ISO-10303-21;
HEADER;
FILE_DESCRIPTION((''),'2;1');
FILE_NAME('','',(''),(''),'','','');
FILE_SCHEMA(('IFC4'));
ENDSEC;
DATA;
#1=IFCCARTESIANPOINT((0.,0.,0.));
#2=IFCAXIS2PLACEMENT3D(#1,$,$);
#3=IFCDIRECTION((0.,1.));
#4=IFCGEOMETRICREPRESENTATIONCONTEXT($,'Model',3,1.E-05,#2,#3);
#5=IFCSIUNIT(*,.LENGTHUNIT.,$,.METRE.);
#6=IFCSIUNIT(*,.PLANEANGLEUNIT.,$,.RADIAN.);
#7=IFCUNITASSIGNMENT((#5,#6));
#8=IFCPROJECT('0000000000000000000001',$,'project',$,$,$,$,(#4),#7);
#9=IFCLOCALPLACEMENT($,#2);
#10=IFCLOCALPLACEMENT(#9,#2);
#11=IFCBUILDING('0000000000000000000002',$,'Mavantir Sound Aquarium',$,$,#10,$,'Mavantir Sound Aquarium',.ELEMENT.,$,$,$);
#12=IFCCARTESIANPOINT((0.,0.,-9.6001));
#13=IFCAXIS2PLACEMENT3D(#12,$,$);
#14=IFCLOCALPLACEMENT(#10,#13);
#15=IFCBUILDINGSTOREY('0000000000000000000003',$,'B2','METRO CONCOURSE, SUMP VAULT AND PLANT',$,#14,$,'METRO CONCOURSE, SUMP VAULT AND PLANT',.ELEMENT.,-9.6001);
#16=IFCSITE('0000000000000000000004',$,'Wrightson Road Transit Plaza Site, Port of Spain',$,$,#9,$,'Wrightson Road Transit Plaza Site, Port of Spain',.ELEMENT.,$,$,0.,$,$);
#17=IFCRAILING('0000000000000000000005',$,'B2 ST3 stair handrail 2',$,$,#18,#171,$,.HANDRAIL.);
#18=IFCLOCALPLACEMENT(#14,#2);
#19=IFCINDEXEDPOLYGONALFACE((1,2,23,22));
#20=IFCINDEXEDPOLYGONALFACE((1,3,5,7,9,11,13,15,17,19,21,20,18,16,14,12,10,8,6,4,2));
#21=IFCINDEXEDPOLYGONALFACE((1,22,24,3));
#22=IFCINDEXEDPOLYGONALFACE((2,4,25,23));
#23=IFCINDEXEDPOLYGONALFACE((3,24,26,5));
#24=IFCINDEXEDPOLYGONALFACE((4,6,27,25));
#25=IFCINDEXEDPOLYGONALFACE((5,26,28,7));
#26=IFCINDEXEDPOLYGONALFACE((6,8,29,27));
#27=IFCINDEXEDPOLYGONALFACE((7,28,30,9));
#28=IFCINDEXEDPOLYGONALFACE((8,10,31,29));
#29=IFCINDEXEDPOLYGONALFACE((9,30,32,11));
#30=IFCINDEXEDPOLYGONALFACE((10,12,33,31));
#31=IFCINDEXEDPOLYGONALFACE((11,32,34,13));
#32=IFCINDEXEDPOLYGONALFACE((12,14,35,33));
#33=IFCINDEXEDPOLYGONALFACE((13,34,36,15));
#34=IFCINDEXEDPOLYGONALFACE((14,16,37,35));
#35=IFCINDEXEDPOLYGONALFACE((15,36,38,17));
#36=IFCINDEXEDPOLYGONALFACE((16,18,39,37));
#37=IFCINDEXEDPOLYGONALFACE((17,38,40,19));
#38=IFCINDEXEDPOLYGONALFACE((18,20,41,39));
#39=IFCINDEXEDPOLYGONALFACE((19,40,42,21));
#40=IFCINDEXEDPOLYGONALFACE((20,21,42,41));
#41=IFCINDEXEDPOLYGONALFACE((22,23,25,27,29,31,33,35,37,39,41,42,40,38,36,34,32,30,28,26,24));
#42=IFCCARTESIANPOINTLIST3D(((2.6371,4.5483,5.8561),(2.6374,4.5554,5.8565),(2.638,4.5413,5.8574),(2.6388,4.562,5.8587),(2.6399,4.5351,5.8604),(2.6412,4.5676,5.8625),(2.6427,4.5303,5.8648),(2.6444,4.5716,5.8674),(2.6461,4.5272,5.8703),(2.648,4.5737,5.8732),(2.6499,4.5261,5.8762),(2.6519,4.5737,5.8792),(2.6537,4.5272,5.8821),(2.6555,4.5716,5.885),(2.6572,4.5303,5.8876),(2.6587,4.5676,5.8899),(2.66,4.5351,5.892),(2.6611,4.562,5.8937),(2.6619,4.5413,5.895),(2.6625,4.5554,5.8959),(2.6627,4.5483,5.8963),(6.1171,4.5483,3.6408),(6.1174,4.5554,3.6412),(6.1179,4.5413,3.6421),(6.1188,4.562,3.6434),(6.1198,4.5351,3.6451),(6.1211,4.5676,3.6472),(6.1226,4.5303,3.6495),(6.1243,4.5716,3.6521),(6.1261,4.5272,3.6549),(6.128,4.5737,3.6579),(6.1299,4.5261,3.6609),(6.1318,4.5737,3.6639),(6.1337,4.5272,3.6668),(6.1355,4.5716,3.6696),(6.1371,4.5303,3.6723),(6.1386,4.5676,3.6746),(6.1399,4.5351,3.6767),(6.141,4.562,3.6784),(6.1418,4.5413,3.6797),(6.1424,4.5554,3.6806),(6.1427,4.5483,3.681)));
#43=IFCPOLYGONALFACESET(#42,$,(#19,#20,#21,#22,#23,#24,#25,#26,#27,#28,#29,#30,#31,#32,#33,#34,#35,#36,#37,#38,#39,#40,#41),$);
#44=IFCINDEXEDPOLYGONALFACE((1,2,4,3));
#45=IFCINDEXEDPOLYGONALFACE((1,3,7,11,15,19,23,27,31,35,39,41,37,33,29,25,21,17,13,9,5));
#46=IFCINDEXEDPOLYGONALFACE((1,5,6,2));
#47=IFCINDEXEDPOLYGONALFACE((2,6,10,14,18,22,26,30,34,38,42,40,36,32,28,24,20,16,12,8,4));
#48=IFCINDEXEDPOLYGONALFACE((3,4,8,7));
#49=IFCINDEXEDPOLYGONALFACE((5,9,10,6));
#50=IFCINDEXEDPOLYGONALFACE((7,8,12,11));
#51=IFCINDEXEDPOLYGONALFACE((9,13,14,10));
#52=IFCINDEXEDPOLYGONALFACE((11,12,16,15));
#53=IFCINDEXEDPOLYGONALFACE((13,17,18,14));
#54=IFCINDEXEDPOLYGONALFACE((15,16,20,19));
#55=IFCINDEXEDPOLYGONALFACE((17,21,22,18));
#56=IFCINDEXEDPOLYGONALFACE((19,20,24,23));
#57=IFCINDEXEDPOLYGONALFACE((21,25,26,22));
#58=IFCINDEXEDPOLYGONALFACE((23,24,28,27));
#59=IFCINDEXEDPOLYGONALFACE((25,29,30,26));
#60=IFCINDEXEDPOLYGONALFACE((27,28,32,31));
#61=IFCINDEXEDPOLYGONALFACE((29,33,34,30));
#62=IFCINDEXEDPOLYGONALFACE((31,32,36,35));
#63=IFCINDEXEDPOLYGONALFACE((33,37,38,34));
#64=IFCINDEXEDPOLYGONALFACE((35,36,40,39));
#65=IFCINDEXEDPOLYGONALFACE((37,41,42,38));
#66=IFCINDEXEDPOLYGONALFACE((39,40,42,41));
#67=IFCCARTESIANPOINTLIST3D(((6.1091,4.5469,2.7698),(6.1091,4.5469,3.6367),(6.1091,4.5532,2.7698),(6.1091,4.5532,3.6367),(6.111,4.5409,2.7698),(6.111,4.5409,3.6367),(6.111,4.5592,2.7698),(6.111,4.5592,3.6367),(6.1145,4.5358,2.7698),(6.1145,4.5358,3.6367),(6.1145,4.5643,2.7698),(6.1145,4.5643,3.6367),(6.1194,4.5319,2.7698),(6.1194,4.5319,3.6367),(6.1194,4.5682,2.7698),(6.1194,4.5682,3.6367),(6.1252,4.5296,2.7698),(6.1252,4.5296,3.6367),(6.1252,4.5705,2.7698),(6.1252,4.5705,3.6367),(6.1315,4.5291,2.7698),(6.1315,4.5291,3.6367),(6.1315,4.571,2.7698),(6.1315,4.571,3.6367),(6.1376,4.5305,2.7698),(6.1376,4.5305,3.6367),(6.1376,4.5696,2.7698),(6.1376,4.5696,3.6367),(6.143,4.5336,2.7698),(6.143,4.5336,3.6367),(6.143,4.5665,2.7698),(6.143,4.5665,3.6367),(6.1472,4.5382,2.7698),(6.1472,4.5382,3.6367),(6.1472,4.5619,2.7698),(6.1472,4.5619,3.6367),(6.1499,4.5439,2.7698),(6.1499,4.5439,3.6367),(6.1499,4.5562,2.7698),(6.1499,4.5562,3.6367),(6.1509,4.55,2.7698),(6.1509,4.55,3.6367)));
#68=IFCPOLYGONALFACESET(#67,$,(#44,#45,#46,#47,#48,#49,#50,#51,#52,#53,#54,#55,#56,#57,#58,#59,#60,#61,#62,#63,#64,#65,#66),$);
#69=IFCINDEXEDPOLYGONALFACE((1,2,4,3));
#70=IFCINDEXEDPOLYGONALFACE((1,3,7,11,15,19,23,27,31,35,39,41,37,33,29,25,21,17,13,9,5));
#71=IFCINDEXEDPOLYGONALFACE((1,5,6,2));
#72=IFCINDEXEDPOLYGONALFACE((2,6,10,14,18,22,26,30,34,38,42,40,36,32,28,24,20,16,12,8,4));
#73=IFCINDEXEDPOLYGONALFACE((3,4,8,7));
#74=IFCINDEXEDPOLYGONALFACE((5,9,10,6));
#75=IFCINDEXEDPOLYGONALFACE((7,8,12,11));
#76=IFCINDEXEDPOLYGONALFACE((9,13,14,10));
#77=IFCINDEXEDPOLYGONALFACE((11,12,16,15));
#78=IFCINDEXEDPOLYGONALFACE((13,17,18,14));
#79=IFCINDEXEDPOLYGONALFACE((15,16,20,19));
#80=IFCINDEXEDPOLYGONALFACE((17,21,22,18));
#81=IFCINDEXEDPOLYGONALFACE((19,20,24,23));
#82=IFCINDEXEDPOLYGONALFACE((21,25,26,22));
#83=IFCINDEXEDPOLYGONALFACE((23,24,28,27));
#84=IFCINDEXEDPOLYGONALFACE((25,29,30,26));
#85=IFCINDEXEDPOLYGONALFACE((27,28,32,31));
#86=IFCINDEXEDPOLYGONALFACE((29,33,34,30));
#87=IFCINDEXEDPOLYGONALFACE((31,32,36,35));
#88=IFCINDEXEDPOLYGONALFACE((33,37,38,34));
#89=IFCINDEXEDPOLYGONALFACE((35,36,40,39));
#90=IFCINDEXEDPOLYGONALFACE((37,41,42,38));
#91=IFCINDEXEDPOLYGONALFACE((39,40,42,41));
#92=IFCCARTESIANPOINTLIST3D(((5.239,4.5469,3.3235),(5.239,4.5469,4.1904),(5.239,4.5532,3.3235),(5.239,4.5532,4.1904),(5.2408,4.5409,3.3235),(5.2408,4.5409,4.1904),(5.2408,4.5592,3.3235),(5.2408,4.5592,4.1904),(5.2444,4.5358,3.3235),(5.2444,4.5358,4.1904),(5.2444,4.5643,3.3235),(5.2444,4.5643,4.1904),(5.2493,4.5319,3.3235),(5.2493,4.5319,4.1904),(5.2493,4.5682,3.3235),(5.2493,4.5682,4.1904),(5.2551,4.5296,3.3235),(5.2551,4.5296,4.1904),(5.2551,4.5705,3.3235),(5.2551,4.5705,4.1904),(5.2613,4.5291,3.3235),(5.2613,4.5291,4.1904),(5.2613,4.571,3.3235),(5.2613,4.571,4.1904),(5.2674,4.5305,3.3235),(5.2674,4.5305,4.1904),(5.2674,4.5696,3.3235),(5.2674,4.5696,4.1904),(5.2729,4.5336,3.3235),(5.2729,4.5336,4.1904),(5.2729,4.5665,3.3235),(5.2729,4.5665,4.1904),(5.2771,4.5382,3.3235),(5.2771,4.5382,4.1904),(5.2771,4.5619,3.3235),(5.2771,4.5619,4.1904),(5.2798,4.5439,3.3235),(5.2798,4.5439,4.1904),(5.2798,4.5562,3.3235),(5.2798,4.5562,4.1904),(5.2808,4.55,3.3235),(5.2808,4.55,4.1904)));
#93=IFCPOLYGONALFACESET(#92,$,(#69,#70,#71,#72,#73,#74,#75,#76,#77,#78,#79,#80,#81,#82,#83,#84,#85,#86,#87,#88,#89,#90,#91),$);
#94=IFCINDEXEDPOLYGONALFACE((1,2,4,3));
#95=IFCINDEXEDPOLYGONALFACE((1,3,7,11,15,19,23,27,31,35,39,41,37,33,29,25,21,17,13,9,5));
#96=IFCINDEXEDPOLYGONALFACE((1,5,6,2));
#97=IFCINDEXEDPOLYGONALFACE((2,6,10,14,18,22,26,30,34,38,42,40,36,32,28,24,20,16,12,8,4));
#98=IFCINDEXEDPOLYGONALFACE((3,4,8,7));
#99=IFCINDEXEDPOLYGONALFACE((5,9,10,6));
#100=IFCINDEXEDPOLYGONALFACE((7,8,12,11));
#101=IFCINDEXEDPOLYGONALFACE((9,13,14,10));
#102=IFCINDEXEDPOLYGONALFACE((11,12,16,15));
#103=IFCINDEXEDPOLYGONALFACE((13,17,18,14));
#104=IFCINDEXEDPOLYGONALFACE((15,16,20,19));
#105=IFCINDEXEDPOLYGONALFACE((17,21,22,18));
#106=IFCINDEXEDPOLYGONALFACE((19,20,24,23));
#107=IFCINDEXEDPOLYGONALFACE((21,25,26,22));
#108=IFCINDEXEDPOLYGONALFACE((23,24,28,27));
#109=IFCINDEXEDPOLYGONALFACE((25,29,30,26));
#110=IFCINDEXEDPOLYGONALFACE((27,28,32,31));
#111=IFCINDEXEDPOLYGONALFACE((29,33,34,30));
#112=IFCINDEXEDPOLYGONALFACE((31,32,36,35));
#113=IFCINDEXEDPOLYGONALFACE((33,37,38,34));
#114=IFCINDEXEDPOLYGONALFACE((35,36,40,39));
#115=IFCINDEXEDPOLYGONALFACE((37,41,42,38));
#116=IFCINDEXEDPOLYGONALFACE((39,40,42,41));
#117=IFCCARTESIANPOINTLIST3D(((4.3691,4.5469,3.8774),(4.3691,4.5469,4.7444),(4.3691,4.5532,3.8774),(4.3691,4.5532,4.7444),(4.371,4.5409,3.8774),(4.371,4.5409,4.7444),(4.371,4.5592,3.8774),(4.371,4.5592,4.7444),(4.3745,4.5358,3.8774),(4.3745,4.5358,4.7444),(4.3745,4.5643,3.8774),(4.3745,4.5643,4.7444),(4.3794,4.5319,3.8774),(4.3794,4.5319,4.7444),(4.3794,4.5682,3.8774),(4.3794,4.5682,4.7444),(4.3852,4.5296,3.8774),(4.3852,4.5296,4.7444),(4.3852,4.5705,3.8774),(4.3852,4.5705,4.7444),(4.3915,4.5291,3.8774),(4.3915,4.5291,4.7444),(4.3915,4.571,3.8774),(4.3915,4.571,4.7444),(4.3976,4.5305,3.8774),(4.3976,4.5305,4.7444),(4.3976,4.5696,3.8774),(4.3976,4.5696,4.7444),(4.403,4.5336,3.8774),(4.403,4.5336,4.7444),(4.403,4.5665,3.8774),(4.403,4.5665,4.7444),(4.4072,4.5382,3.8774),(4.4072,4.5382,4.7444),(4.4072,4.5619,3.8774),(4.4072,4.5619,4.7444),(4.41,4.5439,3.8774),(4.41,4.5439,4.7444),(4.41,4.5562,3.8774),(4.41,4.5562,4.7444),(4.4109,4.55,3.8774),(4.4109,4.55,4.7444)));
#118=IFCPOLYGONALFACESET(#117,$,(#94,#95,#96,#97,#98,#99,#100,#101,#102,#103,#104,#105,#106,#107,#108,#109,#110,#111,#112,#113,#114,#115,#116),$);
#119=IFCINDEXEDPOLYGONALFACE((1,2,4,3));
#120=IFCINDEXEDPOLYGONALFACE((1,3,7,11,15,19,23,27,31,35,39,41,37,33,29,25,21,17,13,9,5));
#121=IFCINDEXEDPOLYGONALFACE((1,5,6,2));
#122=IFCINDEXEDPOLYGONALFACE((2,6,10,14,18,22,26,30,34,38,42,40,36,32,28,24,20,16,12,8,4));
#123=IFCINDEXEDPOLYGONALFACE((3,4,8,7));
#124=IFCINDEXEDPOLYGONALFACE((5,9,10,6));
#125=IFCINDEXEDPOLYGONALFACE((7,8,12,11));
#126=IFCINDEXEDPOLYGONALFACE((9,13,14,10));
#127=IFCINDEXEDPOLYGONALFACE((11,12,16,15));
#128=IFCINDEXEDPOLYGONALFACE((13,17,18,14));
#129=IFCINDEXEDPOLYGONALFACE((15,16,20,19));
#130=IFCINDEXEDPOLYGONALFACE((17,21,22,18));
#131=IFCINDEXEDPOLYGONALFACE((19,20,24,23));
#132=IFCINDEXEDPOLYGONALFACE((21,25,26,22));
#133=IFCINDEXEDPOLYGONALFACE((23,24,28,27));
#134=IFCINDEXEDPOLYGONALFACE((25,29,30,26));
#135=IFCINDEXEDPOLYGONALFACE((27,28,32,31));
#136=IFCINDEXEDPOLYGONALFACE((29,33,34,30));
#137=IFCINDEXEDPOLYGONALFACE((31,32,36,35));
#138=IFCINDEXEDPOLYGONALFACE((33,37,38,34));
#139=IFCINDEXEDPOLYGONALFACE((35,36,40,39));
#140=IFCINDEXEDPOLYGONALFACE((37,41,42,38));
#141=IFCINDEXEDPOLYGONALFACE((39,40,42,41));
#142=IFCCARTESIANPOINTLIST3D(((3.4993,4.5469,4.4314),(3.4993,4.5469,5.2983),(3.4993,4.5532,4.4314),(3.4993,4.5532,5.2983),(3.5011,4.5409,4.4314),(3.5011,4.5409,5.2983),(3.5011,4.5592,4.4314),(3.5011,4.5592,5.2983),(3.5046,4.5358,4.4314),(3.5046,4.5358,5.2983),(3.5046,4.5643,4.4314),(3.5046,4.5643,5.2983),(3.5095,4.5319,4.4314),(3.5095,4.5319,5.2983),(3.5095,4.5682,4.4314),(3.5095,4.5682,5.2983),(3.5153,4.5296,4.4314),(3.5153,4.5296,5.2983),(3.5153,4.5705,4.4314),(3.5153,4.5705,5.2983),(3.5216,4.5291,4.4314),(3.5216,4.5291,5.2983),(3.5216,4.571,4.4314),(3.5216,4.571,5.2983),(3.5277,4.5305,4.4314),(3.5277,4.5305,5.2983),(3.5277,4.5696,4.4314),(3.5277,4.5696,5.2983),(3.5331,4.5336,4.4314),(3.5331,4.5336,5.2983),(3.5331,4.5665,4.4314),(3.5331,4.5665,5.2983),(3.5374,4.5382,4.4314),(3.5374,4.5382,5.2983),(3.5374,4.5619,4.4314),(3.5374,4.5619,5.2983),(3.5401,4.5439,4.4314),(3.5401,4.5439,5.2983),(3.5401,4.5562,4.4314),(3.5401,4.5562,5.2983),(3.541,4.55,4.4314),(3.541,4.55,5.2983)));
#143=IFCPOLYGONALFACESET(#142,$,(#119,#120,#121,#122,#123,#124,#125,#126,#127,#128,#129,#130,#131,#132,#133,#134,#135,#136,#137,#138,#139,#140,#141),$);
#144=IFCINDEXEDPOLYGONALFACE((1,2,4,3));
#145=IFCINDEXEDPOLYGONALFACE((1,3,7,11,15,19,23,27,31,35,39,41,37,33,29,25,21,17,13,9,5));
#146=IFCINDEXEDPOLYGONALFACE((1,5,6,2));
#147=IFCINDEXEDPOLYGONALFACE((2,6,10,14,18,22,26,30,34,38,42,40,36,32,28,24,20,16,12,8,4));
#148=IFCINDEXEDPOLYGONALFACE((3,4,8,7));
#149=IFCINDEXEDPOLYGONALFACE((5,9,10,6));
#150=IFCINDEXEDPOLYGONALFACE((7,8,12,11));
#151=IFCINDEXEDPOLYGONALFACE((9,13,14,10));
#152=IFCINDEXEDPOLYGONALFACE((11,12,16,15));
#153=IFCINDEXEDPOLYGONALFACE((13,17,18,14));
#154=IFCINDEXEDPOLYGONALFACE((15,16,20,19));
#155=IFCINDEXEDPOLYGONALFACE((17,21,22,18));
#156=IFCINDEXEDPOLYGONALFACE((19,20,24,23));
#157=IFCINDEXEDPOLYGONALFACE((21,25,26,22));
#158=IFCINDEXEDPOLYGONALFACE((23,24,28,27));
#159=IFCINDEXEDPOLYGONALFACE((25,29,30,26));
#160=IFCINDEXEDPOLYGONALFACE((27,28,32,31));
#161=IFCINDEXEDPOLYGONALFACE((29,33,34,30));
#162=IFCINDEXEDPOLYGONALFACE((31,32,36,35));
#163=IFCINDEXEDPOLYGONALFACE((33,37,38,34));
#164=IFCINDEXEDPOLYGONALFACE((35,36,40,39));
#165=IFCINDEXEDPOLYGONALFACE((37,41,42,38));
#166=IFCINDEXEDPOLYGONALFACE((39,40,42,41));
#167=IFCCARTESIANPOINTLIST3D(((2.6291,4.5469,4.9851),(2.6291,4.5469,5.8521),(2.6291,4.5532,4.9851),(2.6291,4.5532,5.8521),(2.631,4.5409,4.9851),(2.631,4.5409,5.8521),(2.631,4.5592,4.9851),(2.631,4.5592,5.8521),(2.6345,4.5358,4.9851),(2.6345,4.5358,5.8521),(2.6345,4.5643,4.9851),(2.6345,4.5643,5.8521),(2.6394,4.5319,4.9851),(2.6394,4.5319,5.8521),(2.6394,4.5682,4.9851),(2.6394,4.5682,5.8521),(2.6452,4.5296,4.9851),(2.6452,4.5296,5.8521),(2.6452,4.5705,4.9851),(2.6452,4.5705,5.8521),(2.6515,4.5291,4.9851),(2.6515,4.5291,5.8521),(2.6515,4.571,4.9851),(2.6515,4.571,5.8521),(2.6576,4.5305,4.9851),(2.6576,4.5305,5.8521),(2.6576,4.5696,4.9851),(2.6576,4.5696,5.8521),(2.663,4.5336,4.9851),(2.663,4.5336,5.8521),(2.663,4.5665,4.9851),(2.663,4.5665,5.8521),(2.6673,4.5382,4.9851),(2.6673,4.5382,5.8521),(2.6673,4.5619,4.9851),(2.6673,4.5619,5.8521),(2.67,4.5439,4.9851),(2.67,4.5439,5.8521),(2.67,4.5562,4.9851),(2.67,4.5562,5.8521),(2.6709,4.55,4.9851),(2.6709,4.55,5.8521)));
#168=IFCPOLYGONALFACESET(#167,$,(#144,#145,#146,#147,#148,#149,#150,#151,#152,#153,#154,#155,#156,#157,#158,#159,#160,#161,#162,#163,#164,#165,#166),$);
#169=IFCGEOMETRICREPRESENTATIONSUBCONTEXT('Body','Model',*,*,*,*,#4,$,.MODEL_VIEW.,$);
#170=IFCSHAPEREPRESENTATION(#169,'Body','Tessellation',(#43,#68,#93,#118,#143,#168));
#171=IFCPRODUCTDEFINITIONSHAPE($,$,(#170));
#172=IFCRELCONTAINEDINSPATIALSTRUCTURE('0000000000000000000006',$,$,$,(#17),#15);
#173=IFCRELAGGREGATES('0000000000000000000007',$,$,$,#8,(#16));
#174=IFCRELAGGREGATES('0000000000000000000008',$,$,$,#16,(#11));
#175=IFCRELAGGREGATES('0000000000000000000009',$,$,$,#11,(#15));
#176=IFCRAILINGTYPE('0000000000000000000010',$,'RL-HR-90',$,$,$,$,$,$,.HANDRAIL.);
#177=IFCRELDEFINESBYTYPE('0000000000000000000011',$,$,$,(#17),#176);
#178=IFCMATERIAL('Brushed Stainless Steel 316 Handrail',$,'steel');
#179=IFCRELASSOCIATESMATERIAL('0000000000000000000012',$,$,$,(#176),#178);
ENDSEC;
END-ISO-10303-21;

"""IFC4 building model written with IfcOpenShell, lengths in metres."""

from ifc_helpers import new_model, si_unit, direction, frame, origin, origin_2d, place, context, subcontext, project, spatial, circle, extrude, material, type_object, element, save


model = new_model("IFC4")

# Units and contexts
model_context = context("Model", 3, precision=1e-05, world=origin(), true_north=direction((0.0, 1.0)))
body_context = subcontext(model_context, "Body", "Model", "MODEL_VIEW")
ifc_project = project(units=[si_unit("LENGTHUNIT", "METRE"), si_unit("PLANEANGLEUNIT", "RADIAN")], contexts=[model_context])

# Site, building, storey
site_placement = place(None, origin())
site = spatial("IfcSite", under=ifc_project, at=site_placement, Name="Wrightson Road Transit Plaza Site, Port of Spain", LongName="Wrightson Road Transit Plaza Site, Port of Spain", CompositionType="ELEMENT", RefElevation=0.0)
building_placement = place(site_placement, origin())
building = spatial("IfcBuilding", under=site, at=building_placement, Name="Mavantir Sound Aquarium", LongName="Mavantir Sound Aquarium", CompositionType="ELEMENT")
storey_placement = place(building_placement, frame((0.0, 0.0, -9.6001)))
storey = spatial("IfcBuildingStorey", under=building, at=storey_placement, Name="B2", Description="METRO CONCOURSE, SUMP VAULT AND PLANT", LongName="METRO CONCOURSE, SUMP VAULT AND PLANT", CompositionType="ELEMENT", Elevation=-9.6001)

# Railing
ifc_material_1 = material(Name="Brushed Stainless Steel 316 Handrail", Category="steel")
railing_type_1 = type_object("IfcRailingType", Name="RL-HR-90", PredefinedType="HANDRAIL", material=ifc_material_1)
railing_1_placement = place(storey_placement, frame((6.1299, 4.55, 2.7698)))
element("IfcRailing", 1, at=railing_1_placement, inside=storey, type_object=railing_type_1, Name="B2 ST3 stair handrail 2", PredefinedType="HANDRAIL", context=body_context, shape_type="SweptSolid", body=[
    extrude(circle(Radius=0.0239, at=origin_2d()), frame((0.0, 0.0, 0.8911), z_axis=(-0.843574, 0.0, 0.537013), x_axis=(0.0, -1.0, 0.0)), (0.0, 0.0, 1.0), 4.1252),
    extrude(circle(Radius=0.021, at=origin_2d()), origin(), (0.0, 0.0, 1.0), 0.8669),
    extrude(circle(Radius=0.021, at=origin_2d()), frame((-0.8701, 0.0, 0.5537)), (0.0, 0.0, 1.0), 0.8669),
    extrude(circle(Radius=0.021, at=origin_2d()), frame((-1.74, 0.0, 1.1077)), (0.0, 0.0, 1.0), 0.8669),
    extrude(circle(Radius=0.021, at=origin_2d()), frame((-2.6099, 0.0, 1.6616)), (0.0, 0.0, 1.0), 0.8669),
    extrude(circle(Radius=0.021, at=origin_2d()), frame((-3.48, 0.0, 2.2153)), (0.0, 0.0, 1.0), 0.8669),
])

save(model, "model.ifc")
